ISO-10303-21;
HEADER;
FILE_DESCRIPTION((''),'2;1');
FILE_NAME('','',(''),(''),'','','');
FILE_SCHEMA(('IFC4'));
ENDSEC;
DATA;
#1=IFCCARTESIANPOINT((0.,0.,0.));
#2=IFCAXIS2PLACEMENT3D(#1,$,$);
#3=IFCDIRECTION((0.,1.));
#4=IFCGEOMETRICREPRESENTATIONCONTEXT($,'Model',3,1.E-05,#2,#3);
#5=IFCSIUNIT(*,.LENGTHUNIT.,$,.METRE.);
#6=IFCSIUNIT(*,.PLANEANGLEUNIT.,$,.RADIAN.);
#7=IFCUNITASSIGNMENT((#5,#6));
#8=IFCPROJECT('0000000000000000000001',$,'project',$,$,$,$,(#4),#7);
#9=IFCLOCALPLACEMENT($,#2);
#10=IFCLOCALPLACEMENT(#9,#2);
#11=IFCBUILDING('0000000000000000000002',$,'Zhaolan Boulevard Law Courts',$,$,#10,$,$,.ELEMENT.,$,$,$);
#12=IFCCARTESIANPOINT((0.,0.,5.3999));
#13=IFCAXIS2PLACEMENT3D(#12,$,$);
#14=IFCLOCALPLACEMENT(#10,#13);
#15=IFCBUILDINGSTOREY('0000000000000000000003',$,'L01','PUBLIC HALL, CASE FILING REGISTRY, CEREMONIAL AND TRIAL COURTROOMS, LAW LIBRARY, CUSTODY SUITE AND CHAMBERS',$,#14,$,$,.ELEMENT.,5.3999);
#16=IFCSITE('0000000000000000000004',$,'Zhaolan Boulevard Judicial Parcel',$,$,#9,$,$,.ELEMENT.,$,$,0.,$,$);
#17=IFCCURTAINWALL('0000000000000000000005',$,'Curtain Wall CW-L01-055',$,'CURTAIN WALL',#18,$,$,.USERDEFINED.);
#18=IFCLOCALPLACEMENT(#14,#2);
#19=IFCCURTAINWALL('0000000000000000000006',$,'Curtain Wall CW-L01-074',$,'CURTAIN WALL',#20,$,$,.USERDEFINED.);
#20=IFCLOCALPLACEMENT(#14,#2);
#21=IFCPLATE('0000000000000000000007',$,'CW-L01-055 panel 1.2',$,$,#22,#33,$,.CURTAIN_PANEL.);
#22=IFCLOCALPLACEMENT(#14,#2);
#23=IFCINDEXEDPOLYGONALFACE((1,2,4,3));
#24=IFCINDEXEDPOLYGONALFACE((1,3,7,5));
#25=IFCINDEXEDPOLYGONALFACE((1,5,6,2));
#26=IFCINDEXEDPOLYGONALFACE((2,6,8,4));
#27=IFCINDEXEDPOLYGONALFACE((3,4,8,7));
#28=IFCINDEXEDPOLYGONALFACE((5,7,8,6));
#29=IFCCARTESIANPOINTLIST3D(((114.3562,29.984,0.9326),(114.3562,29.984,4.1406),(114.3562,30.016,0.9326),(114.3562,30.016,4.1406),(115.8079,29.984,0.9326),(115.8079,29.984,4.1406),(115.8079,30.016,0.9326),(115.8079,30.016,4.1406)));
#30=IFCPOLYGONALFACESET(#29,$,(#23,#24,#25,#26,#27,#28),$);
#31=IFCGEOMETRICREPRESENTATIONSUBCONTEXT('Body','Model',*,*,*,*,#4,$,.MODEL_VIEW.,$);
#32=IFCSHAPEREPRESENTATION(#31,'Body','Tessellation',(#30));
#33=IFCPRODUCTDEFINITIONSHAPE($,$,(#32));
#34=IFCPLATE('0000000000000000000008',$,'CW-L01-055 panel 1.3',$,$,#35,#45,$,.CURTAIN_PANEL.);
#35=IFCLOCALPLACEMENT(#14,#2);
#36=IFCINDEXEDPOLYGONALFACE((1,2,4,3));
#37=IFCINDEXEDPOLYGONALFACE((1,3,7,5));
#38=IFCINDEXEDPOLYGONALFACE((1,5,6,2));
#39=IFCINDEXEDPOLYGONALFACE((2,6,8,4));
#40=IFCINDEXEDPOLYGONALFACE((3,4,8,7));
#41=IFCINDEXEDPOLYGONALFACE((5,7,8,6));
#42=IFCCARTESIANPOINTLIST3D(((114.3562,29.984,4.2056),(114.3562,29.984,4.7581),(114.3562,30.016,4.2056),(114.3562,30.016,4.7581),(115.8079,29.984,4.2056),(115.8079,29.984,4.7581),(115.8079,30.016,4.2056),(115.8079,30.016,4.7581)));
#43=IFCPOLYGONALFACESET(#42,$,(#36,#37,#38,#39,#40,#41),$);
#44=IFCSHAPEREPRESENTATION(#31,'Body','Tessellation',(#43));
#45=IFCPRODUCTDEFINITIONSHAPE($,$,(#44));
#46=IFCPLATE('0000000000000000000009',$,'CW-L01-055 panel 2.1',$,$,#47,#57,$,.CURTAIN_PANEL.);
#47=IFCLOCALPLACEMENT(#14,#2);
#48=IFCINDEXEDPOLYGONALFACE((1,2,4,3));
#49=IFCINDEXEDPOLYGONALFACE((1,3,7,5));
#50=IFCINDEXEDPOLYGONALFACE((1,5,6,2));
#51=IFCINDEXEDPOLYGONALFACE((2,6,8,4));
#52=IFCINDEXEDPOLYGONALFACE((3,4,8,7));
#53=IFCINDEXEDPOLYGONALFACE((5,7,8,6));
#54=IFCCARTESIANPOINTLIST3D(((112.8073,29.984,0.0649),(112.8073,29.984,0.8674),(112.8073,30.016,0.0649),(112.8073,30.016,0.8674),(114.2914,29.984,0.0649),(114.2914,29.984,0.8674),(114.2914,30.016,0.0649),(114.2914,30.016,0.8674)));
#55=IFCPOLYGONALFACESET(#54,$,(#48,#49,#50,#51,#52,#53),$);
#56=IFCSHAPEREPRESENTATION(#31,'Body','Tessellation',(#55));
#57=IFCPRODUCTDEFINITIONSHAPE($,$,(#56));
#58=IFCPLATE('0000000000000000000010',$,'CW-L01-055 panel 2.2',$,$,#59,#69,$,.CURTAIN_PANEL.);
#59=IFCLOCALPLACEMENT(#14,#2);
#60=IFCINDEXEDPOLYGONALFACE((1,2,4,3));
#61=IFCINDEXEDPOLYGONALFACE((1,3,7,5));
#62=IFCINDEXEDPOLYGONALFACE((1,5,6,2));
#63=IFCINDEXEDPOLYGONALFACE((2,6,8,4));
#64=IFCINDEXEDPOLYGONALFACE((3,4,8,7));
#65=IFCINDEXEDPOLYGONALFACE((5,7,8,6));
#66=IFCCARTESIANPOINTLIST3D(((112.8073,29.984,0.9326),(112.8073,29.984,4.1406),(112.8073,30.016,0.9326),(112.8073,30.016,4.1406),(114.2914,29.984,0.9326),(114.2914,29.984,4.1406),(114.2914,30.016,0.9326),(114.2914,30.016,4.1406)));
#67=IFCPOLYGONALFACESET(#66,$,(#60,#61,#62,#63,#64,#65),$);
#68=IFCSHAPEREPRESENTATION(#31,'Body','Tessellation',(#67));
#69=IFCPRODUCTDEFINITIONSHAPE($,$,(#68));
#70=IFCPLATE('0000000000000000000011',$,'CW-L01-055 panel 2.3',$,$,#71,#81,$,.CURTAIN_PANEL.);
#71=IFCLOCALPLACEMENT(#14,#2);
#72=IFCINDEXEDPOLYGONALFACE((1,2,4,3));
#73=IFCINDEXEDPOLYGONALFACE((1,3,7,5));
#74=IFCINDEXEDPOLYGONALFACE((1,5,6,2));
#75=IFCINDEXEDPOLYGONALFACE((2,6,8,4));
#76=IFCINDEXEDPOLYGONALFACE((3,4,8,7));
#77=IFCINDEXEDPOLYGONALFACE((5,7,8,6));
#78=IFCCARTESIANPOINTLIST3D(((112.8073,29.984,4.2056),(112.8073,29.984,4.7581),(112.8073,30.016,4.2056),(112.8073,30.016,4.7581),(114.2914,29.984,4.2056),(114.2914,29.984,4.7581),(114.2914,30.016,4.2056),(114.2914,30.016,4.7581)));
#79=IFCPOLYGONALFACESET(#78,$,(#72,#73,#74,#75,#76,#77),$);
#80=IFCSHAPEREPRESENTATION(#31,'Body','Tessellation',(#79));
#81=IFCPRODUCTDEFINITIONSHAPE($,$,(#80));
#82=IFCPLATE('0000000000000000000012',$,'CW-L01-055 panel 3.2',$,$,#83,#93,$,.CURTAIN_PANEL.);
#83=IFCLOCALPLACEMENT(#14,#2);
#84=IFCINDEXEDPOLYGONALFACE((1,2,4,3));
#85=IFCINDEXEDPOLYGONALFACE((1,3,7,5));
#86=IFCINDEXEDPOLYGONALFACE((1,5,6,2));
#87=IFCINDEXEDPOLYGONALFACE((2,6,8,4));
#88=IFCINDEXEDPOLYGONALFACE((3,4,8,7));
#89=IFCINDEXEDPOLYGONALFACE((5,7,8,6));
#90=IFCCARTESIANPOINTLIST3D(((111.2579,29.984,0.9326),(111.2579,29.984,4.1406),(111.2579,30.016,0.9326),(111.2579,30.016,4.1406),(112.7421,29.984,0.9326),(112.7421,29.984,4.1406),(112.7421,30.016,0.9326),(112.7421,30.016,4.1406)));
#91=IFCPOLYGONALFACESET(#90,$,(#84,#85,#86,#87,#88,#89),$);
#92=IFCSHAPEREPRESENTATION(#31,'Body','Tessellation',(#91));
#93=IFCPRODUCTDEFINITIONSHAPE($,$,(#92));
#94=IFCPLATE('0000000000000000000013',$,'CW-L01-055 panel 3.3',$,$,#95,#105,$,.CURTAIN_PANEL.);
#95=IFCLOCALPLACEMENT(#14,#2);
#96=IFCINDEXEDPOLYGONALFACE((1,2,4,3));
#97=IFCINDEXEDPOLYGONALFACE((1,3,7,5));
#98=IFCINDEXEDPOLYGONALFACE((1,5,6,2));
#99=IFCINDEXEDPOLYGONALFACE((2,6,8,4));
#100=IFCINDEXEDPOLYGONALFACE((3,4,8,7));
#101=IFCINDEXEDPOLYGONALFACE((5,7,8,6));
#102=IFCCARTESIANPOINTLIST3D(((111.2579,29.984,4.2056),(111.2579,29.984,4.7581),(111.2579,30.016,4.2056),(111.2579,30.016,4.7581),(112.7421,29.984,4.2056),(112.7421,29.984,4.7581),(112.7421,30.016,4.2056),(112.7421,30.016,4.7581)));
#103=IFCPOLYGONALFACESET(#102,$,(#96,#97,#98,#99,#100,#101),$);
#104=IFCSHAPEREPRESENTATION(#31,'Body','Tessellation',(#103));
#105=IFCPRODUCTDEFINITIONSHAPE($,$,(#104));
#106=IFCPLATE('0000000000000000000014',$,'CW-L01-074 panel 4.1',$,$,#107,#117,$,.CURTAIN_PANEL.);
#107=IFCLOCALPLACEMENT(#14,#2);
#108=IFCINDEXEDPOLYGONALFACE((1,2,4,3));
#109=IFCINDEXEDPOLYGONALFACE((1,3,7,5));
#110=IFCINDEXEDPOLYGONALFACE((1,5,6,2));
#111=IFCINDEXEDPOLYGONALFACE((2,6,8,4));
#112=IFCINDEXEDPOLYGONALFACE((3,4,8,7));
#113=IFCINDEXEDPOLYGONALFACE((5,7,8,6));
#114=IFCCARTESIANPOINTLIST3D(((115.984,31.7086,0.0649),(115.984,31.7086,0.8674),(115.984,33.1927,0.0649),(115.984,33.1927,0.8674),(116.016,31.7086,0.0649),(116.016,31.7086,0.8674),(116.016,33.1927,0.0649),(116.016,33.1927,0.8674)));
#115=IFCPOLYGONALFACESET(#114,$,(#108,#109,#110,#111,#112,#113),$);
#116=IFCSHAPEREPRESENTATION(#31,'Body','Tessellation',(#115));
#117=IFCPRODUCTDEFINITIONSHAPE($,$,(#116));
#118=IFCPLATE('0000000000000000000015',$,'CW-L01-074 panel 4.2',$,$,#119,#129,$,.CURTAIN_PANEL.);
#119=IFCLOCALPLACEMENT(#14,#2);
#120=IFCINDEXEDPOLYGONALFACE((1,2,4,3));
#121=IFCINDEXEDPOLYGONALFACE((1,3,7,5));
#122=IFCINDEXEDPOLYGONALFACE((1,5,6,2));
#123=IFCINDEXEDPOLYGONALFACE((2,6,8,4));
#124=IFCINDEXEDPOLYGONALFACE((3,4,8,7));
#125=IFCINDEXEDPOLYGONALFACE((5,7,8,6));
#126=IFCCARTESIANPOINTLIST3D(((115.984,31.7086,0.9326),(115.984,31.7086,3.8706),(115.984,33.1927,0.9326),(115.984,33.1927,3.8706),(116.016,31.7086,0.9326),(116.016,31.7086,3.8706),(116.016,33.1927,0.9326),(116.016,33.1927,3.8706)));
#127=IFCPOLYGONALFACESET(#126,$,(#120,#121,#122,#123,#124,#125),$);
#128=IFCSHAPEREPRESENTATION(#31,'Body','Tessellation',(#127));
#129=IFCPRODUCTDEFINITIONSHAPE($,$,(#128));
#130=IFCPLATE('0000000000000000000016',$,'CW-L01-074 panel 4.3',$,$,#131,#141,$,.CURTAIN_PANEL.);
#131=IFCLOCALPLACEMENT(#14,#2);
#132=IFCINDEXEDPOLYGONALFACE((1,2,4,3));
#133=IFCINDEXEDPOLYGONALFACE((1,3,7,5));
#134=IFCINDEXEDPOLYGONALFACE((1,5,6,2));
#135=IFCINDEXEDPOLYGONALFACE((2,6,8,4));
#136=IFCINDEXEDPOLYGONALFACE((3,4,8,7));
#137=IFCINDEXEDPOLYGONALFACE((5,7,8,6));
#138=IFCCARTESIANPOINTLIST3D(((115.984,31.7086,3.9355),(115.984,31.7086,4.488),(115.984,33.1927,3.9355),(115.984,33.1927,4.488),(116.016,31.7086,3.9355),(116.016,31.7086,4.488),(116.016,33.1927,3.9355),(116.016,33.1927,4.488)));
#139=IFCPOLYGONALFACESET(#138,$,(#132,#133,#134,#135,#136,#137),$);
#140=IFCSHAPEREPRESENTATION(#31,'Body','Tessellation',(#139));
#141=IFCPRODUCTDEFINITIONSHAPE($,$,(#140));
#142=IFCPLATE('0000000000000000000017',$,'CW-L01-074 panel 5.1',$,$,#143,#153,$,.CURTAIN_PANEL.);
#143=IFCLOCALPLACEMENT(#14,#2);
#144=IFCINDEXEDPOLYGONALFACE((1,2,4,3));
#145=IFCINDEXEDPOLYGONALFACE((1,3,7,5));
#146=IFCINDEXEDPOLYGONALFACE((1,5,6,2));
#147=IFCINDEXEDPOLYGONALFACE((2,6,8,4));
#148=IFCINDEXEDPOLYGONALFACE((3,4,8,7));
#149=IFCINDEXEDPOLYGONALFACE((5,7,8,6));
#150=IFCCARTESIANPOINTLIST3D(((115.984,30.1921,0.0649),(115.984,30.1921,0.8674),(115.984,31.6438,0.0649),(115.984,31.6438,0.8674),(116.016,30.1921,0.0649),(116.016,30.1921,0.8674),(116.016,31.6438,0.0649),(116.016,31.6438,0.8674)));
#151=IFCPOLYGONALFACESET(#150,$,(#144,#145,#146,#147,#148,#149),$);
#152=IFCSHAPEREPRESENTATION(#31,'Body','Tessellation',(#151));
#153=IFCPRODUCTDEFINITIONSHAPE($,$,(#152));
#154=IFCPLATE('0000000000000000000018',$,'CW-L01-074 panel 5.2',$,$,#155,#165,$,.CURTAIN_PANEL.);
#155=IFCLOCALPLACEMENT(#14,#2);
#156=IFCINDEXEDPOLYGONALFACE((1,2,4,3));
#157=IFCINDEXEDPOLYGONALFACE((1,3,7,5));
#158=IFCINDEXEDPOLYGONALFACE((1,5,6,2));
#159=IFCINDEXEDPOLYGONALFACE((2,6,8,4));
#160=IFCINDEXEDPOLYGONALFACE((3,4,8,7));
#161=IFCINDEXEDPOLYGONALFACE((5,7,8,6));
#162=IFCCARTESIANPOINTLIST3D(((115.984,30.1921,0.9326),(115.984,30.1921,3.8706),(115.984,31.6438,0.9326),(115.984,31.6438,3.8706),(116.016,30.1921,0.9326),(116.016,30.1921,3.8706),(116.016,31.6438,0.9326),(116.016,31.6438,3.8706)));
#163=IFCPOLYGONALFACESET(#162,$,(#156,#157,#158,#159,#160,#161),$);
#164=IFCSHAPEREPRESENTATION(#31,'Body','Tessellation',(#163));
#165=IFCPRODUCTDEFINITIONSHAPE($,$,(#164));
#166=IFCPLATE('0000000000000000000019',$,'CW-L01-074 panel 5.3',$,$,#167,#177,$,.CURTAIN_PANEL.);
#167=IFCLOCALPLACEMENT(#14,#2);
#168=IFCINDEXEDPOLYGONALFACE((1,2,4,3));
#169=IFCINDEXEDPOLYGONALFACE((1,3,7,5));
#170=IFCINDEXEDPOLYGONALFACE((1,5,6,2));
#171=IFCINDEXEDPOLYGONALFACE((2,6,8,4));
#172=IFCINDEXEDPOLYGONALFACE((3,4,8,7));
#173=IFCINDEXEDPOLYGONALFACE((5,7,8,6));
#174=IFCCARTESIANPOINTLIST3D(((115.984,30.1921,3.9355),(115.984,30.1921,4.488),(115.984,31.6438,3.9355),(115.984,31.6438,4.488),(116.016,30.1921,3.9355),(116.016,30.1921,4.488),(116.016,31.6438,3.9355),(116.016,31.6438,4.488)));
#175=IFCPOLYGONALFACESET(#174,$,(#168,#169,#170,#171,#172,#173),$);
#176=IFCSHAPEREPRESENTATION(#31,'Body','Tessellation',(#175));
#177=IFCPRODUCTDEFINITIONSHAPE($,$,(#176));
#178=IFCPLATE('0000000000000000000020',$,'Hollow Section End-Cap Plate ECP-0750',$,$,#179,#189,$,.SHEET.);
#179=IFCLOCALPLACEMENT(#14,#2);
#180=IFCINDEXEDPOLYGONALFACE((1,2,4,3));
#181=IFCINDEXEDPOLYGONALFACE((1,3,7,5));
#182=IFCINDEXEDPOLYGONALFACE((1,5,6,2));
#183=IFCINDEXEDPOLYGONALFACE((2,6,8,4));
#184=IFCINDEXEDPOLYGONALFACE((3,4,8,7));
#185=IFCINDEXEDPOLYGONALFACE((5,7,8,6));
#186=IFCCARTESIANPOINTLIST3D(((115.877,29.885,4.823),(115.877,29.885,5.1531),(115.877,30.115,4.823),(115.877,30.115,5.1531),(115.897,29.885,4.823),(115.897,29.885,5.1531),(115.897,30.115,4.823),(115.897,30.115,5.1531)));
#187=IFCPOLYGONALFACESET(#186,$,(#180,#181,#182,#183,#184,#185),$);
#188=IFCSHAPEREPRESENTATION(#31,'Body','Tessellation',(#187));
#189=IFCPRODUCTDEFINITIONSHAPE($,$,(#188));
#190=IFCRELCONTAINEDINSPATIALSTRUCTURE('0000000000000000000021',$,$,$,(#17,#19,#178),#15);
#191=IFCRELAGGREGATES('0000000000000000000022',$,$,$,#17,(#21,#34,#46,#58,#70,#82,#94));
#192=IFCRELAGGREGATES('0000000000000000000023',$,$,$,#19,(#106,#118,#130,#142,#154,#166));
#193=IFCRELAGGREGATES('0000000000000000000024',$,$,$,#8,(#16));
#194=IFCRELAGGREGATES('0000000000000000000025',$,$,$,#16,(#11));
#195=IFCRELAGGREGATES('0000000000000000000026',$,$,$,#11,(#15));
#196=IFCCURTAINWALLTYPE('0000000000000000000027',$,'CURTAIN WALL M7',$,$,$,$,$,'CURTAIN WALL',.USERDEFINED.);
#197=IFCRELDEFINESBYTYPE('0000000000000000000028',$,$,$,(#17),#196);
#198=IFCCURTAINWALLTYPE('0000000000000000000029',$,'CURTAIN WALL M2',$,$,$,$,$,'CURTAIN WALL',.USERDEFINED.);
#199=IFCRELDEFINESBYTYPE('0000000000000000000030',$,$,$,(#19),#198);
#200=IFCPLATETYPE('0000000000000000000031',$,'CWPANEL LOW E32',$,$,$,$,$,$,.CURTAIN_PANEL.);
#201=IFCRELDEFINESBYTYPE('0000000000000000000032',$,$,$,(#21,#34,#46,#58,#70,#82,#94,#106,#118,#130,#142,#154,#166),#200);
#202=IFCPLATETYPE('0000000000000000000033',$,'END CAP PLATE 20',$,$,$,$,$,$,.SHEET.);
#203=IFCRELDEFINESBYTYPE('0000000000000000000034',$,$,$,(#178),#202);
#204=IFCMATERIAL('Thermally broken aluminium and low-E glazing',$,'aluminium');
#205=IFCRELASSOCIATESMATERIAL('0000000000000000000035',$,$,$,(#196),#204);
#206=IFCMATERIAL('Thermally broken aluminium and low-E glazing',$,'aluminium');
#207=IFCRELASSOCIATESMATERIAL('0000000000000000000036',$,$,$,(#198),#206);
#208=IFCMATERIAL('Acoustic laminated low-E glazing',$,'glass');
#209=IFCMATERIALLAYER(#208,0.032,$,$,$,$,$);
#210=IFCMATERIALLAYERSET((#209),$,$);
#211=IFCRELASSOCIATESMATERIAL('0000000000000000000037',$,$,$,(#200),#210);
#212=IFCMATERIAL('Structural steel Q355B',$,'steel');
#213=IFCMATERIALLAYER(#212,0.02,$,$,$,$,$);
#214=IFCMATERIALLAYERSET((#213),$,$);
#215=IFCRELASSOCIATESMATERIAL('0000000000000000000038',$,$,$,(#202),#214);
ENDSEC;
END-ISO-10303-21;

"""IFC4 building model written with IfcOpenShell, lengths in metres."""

from ifc_helpers import new_model, si_unit, direction, frame, origin, origin_2d, place, context, subcontext, project, spatial, rectangle, extrude, material, layer, layer_set, type_object, element, aggregate, save


model = new_model("IFC4")

# Units and contexts
model_context = context("Model", 3, precision=1e-05, world=origin(), true_north=direction((0.0, 1.0)))
body_context = subcontext(model_context, "Body", "Model", "MODEL_VIEW")
ifc_project = project(units=[si_unit("LENGTHUNIT", "METRE"), si_unit("PLANEANGLEUNIT", "RADIAN")], contexts=[model_context])

# Site, building, storey
site_placement = place(None, origin())
site = spatial("IfcSite", under=ifc_project, at=site_placement, Name="Zhaolan Boulevard Judicial Parcel", CompositionType="ELEMENT", RefElevation=0.0)
building_placement = place(site_placement, origin())
building = spatial("IfcBuilding", under=site, at=building_placement, Name="Zhaolan Boulevard Law Courts", CompositionType="ELEMENT")
storey_placement = place(building_placement, frame((0.0, 0.0, 5.3999)))
storey = spatial("IfcBuildingStorey", under=building, at=storey_placement, Name="L01", Description="PUBLIC HALL, CASE FILING REGISTRY, CEREMONIAL AND TRIAL COURTROOMS, LAW LIBRARY, CUSTODY SUITE AND CHAMBERS", CompositionType="ELEMENT", Elevation=5.3999)

# Curtain walls
ifc_material_1 = material(Name="Thermally broken aluminium and low-E glazing", Category="aluminium")
curtain_wall_type_1 = type_object("IfcCurtainWallType", Name="CURTAIN WALL M7", ElementType="CURTAIN WALL", PredefinedType="USERDEFINED", material=ifc_material_1)
curtain_wall_1_placement = place(storey_placement, origin())
curtain_wall_1 = element("IfcCurtainWall", 1, at=curtain_wall_1_placement, inside=storey, type_object=curtain_wall_type_1, Name="Curtain Wall CW-L01-055", ObjectType="CURTAIN WALL", PredefinedType="USERDEFINED")
ifc_material_2 = material(Name="Thermally broken aluminium and low-E glazing", Category="aluminium")
curtain_wall_type_2 = type_object("IfcCurtainWallType", Name="CURTAIN WALL M2", ElementType="CURTAIN WALL", PredefinedType="USERDEFINED", material=ifc_material_2)
curtain_wall_2_placement = place(storey_placement, origin())
curtain_wall_2 = element("IfcCurtainWall", 2, at=curtain_wall_2_placement, inside=storey, type_object=curtain_wall_type_2, Name="Curtain Wall CW-L01-074", ObjectType="CURTAIN WALL", PredefinedType="USERDEFINED")

# Plates
ifc_material_3 = material(Name="Acoustic laminated low-E glazing", Category="glass")
ifc_layer_1 = layer(ifc_material_3, 0.032)
ifc_layer_set_1 = layer_set([ifc_layer_1])
plate_type_1 = type_object("IfcPlateType", Name="CWPANEL LOW E32", PredefinedType="CURTAIN_PANEL", material=ifc_layer_set_1)
plate_1_placement = place(storey_placement, frame((115.082, 30.0, 0.9326), z_axis=(0.0, 0.0, 1.0), x_axis=(-1.0, 0.0, 0.0)))
plate_1 = element("IfcPlate", 3, at=plate_1_placement, type_object=plate_type_1, Name="CW-L01-055 panel 1.2", PredefinedType="CURTAIN_PANEL", context=body_context, shape_type="SweptSolid", body=[
    extrude(rectangle(XDim=1.4517, YDim=0.032, at=origin_2d()), origin(), (0.0, 0.0, 1.0), 3.208),
])
plate_2_placement = place(storey_placement, frame((115.082, 30.0, 4.2056), z_axis=(0.0, 0.0, 1.0), x_axis=(-1.0, 0.0, 0.0)))
plate_2 = element("IfcPlate", 4, at=plate_2_placement, type_object=plate_type_1, Name="CW-L01-055 panel 1.3", PredefinedType="CURTAIN_PANEL", context=body_context, shape_type="SweptSolid", body=[
    extrude(rectangle(XDim=1.4517, YDim=0.032, at=origin_2d()), origin(), (0.0, 0.0, 1.0), 0.5525),
])
plate_3_placement = place(storey_placement, frame((113.5493, 30.0, 0.0649), z_axis=(0.0, 0.0, 1.0), x_axis=(-1.0, 0.0, 0.0)))
plate_3 = element("IfcPlate", 5, at=plate_3_placement, type_object=plate_type_1, Name="CW-L01-055 panel 2.1", PredefinedType="CURTAIN_PANEL", context=body_context, shape_type="SweptSolid", body=[
    extrude(rectangle(XDim=1.4841, YDim=0.032, at=origin_2d()), origin(), (0.0, 0.0, 1.0), 0.8025),
])
plate_4_placement = place(storey_placement, frame((113.5493, 30.0, 0.9326), z_axis=(0.0, 0.0, 1.0), x_axis=(-1.0, 0.0, 0.0)))
plate_4 = element("IfcPlate", 6, at=plate_4_placement, type_object=plate_type_1, Name="CW-L01-055 panel 2.2", PredefinedType="CURTAIN_PANEL", context=body_context, shape_type="SweptSolid", body=[
    extrude(rectangle(XDim=1.4841, YDim=0.032, at=origin_2d()), origin(), (0.0, 0.0, 1.0), 3.208),
])
plate_5_placement = place(storey_placement, frame((113.5493, 30.0, 4.2056), z_axis=(0.0, 0.0, 1.0), x_axis=(-1.0, 0.0, 0.0)))
plate_5 = element("IfcPlate", 7, at=plate_5_placement, type_object=plate_type_1, Name="CW-L01-055 panel 2.3", PredefinedType="CURTAIN_PANEL", context=body_context, shape_type="SweptSolid", body=[
    extrude(rectangle(XDim=1.4841, YDim=0.032, at=origin_2d()), origin(), (0.0, 0.0, 1.0), 0.5525),
])
plate_6_placement = place(storey_placement, frame((112.0, 30.0, 0.9326), z_axis=(0.0, 0.0, 1.0), x_axis=(-1.0, 0.0, 0.0)))
plate_6 = element("IfcPlate", 8, at=plate_6_placement, type_object=plate_type_1, Name="CW-L01-055 panel 3.2", PredefinedType="CURTAIN_PANEL", context=body_context, shape_type="SweptSolid", body=[
    extrude(rectangle(XDim=1.4841, YDim=0.032, at=origin_2d()), origin(), (0.0, 0.0, 1.0), 3.208),
])
plate_7_placement = place(storey_placement, frame((112.0, 30.0, 4.2056), z_axis=(0.0, 0.0, 1.0), x_axis=(-1.0, 0.0, 0.0)))
plate_7 = element("IfcPlate", 9, at=plate_7_placement, type_object=plate_type_1, Name="CW-L01-055 panel 3.3", PredefinedType="CURTAIN_PANEL", context=body_context, shape_type="SweptSolid", body=[
    extrude(rectangle(XDim=1.4841, YDim=0.032, at=origin_2d()), origin(), (0.0, 0.0, 1.0), 0.5525),
])
aggregate(curtain_wall_1, [plate_1, plate_2, plate_3, plate_4, plate_5, plate_6, plate_7])
plate_8_placement = place(storey_placement, frame((116.0, 32.4507, 0.0649), z_axis=(0.0, 0.0, 1.0), x_axis=(0.0, -1.0, 0.0)))
plate_8 = element("IfcPlate", 10, at=plate_8_placement, type_object=plate_type_1, Name="CW-L01-074 panel 4.1", PredefinedType="CURTAIN_PANEL", context=body_context, shape_type="SweptSolid", body=[
    extrude(rectangle(XDim=1.4841, YDim=0.032, at=origin_2d()), origin(), (0.0, 0.0, 1.0), 0.8025),
])
plate_9_placement = place(storey_placement, frame((116.0, 32.4507, 0.9326), z_axis=(0.0, 0.0, 1.0), x_axis=(0.0, -1.0, 0.0)))
plate_9 = element("IfcPlate", 11, at=plate_9_placement, type_object=plate_type_1, Name="CW-L01-074 panel 4.2", PredefinedType="CURTAIN_PANEL", context=body_context, shape_type="SweptSolid", body=[
    extrude(rectangle(XDim=1.4841, YDim=0.032, at=origin_2d()), origin(), (0.0, 0.0, 1.0), 2.938),
])
plate_10_placement = place(storey_placement, frame((116.0, 32.4507, 3.9355), z_axis=(0.0, 0.0, 1.0), x_axis=(0.0, -1.0, 0.0)))
plate_10 = element("IfcPlate", 12, at=plate_10_placement, type_object=plate_type_1, Name="CW-L01-074 panel 4.3", PredefinedType="CURTAIN_PANEL", context=body_context, shape_type="SweptSolid", body=[
    extrude(rectangle(XDim=1.4841, YDim=0.032, at=origin_2d()), origin(), (0.0, 0.0, 1.0), 0.5525),
])
plate_11_placement = place(storey_placement, frame((116.0, 30.918, 0.0649), z_axis=(0.0, 0.0, 1.0), x_axis=(0.0, -1.0, 0.0)))
plate_11 = element("IfcPlate", 13, at=plate_11_placement, type_object=plate_type_1, Name="CW-L01-074 panel 5.1", PredefinedType="CURTAIN_PANEL", context=body_context, shape_type="SweptSolid", body=[
    extrude(rectangle(XDim=1.4517, YDim=0.032, at=origin_2d()), origin(), (0.0, 0.0, 1.0), 0.8025),
])
plate_12_placement = place(storey_placement, frame((116.0, 30.918, 0.9326), z_axis=(0.0, 0.0, 1.0), x_axis=(0.0, -1.0, 0.0)))
plate_12 = element("IfcPlate", 14, at=plate_12_placement, type_object=plate_type_1, Name="CW-L01-074 panel 5.2", PredefinedType="CURTAIN_PANEL", context=body_context, shape_type="SweptSolid", body=[
    extrude(rectangle(XDim=1.4517, YDim=0.032, at=origin_2d()), origin(), (0.0, 0.0, 1.0), 2.938),
])
plate_13_placement = place(storey_placement, frame((116.0, 30.918, 3.9355), z_axis=(0.0, 0.0, 1.0), x_axis=(0.0, -1.0, 0.0)))
plate_13 = element("IfcPlate", 15, at=plate_13_placement, type_object=plate_type_1, Name="CW-L01-074 panel 5.3", PredefinedType="CURTAIN_PANEL", context=body_context, shape_type="SweptSolid", body=[
    extrude(rectangle(XDim=1.4517, YDim=0.032, at=origin_2d()), origin(), (0.0, 0.0, 1.0), 0.5525),
])
aggregate(curtain_wall_2, [plate_8, plate_9, plate_10, plate_11, plate_12, plate_13])
ifc_material_4 = material(Name="Structural steel Q355B", Category="steel")
ifc_layer_2 = layer(ifc_material_4, 0.02)
ifc_layer_set_2 = layer_set([ifc_layer_2])
plate_type_2 = type_object("IfcPlateType", Name="END CAP PLATE 20", PredefinedType="SHEET", material=ifc_layer_set_2)
plate_14_placement = place(storey_placement, frame((115.887, 30.0, 4.823), z_axis=(0.0, 0.0, 1.0), x_axis=(1.0, 0.0, 0.0)))
element("IfcPlate", 16, at=plate_14_placement, inside=storey, type_object=plate_type_2, Name="Hollow Section End-Cap Plate ECP-0750", PredefinedType="SHEET", context=body_context, shape_type="SweptSolid", body=[
    extrude(rectangle(XDim=0.02, YDim=0.23, at=origin_2d()), origin(), (0.0, 0.0, 1.0), 0.3301),
])

save(model, "model.ifc")
